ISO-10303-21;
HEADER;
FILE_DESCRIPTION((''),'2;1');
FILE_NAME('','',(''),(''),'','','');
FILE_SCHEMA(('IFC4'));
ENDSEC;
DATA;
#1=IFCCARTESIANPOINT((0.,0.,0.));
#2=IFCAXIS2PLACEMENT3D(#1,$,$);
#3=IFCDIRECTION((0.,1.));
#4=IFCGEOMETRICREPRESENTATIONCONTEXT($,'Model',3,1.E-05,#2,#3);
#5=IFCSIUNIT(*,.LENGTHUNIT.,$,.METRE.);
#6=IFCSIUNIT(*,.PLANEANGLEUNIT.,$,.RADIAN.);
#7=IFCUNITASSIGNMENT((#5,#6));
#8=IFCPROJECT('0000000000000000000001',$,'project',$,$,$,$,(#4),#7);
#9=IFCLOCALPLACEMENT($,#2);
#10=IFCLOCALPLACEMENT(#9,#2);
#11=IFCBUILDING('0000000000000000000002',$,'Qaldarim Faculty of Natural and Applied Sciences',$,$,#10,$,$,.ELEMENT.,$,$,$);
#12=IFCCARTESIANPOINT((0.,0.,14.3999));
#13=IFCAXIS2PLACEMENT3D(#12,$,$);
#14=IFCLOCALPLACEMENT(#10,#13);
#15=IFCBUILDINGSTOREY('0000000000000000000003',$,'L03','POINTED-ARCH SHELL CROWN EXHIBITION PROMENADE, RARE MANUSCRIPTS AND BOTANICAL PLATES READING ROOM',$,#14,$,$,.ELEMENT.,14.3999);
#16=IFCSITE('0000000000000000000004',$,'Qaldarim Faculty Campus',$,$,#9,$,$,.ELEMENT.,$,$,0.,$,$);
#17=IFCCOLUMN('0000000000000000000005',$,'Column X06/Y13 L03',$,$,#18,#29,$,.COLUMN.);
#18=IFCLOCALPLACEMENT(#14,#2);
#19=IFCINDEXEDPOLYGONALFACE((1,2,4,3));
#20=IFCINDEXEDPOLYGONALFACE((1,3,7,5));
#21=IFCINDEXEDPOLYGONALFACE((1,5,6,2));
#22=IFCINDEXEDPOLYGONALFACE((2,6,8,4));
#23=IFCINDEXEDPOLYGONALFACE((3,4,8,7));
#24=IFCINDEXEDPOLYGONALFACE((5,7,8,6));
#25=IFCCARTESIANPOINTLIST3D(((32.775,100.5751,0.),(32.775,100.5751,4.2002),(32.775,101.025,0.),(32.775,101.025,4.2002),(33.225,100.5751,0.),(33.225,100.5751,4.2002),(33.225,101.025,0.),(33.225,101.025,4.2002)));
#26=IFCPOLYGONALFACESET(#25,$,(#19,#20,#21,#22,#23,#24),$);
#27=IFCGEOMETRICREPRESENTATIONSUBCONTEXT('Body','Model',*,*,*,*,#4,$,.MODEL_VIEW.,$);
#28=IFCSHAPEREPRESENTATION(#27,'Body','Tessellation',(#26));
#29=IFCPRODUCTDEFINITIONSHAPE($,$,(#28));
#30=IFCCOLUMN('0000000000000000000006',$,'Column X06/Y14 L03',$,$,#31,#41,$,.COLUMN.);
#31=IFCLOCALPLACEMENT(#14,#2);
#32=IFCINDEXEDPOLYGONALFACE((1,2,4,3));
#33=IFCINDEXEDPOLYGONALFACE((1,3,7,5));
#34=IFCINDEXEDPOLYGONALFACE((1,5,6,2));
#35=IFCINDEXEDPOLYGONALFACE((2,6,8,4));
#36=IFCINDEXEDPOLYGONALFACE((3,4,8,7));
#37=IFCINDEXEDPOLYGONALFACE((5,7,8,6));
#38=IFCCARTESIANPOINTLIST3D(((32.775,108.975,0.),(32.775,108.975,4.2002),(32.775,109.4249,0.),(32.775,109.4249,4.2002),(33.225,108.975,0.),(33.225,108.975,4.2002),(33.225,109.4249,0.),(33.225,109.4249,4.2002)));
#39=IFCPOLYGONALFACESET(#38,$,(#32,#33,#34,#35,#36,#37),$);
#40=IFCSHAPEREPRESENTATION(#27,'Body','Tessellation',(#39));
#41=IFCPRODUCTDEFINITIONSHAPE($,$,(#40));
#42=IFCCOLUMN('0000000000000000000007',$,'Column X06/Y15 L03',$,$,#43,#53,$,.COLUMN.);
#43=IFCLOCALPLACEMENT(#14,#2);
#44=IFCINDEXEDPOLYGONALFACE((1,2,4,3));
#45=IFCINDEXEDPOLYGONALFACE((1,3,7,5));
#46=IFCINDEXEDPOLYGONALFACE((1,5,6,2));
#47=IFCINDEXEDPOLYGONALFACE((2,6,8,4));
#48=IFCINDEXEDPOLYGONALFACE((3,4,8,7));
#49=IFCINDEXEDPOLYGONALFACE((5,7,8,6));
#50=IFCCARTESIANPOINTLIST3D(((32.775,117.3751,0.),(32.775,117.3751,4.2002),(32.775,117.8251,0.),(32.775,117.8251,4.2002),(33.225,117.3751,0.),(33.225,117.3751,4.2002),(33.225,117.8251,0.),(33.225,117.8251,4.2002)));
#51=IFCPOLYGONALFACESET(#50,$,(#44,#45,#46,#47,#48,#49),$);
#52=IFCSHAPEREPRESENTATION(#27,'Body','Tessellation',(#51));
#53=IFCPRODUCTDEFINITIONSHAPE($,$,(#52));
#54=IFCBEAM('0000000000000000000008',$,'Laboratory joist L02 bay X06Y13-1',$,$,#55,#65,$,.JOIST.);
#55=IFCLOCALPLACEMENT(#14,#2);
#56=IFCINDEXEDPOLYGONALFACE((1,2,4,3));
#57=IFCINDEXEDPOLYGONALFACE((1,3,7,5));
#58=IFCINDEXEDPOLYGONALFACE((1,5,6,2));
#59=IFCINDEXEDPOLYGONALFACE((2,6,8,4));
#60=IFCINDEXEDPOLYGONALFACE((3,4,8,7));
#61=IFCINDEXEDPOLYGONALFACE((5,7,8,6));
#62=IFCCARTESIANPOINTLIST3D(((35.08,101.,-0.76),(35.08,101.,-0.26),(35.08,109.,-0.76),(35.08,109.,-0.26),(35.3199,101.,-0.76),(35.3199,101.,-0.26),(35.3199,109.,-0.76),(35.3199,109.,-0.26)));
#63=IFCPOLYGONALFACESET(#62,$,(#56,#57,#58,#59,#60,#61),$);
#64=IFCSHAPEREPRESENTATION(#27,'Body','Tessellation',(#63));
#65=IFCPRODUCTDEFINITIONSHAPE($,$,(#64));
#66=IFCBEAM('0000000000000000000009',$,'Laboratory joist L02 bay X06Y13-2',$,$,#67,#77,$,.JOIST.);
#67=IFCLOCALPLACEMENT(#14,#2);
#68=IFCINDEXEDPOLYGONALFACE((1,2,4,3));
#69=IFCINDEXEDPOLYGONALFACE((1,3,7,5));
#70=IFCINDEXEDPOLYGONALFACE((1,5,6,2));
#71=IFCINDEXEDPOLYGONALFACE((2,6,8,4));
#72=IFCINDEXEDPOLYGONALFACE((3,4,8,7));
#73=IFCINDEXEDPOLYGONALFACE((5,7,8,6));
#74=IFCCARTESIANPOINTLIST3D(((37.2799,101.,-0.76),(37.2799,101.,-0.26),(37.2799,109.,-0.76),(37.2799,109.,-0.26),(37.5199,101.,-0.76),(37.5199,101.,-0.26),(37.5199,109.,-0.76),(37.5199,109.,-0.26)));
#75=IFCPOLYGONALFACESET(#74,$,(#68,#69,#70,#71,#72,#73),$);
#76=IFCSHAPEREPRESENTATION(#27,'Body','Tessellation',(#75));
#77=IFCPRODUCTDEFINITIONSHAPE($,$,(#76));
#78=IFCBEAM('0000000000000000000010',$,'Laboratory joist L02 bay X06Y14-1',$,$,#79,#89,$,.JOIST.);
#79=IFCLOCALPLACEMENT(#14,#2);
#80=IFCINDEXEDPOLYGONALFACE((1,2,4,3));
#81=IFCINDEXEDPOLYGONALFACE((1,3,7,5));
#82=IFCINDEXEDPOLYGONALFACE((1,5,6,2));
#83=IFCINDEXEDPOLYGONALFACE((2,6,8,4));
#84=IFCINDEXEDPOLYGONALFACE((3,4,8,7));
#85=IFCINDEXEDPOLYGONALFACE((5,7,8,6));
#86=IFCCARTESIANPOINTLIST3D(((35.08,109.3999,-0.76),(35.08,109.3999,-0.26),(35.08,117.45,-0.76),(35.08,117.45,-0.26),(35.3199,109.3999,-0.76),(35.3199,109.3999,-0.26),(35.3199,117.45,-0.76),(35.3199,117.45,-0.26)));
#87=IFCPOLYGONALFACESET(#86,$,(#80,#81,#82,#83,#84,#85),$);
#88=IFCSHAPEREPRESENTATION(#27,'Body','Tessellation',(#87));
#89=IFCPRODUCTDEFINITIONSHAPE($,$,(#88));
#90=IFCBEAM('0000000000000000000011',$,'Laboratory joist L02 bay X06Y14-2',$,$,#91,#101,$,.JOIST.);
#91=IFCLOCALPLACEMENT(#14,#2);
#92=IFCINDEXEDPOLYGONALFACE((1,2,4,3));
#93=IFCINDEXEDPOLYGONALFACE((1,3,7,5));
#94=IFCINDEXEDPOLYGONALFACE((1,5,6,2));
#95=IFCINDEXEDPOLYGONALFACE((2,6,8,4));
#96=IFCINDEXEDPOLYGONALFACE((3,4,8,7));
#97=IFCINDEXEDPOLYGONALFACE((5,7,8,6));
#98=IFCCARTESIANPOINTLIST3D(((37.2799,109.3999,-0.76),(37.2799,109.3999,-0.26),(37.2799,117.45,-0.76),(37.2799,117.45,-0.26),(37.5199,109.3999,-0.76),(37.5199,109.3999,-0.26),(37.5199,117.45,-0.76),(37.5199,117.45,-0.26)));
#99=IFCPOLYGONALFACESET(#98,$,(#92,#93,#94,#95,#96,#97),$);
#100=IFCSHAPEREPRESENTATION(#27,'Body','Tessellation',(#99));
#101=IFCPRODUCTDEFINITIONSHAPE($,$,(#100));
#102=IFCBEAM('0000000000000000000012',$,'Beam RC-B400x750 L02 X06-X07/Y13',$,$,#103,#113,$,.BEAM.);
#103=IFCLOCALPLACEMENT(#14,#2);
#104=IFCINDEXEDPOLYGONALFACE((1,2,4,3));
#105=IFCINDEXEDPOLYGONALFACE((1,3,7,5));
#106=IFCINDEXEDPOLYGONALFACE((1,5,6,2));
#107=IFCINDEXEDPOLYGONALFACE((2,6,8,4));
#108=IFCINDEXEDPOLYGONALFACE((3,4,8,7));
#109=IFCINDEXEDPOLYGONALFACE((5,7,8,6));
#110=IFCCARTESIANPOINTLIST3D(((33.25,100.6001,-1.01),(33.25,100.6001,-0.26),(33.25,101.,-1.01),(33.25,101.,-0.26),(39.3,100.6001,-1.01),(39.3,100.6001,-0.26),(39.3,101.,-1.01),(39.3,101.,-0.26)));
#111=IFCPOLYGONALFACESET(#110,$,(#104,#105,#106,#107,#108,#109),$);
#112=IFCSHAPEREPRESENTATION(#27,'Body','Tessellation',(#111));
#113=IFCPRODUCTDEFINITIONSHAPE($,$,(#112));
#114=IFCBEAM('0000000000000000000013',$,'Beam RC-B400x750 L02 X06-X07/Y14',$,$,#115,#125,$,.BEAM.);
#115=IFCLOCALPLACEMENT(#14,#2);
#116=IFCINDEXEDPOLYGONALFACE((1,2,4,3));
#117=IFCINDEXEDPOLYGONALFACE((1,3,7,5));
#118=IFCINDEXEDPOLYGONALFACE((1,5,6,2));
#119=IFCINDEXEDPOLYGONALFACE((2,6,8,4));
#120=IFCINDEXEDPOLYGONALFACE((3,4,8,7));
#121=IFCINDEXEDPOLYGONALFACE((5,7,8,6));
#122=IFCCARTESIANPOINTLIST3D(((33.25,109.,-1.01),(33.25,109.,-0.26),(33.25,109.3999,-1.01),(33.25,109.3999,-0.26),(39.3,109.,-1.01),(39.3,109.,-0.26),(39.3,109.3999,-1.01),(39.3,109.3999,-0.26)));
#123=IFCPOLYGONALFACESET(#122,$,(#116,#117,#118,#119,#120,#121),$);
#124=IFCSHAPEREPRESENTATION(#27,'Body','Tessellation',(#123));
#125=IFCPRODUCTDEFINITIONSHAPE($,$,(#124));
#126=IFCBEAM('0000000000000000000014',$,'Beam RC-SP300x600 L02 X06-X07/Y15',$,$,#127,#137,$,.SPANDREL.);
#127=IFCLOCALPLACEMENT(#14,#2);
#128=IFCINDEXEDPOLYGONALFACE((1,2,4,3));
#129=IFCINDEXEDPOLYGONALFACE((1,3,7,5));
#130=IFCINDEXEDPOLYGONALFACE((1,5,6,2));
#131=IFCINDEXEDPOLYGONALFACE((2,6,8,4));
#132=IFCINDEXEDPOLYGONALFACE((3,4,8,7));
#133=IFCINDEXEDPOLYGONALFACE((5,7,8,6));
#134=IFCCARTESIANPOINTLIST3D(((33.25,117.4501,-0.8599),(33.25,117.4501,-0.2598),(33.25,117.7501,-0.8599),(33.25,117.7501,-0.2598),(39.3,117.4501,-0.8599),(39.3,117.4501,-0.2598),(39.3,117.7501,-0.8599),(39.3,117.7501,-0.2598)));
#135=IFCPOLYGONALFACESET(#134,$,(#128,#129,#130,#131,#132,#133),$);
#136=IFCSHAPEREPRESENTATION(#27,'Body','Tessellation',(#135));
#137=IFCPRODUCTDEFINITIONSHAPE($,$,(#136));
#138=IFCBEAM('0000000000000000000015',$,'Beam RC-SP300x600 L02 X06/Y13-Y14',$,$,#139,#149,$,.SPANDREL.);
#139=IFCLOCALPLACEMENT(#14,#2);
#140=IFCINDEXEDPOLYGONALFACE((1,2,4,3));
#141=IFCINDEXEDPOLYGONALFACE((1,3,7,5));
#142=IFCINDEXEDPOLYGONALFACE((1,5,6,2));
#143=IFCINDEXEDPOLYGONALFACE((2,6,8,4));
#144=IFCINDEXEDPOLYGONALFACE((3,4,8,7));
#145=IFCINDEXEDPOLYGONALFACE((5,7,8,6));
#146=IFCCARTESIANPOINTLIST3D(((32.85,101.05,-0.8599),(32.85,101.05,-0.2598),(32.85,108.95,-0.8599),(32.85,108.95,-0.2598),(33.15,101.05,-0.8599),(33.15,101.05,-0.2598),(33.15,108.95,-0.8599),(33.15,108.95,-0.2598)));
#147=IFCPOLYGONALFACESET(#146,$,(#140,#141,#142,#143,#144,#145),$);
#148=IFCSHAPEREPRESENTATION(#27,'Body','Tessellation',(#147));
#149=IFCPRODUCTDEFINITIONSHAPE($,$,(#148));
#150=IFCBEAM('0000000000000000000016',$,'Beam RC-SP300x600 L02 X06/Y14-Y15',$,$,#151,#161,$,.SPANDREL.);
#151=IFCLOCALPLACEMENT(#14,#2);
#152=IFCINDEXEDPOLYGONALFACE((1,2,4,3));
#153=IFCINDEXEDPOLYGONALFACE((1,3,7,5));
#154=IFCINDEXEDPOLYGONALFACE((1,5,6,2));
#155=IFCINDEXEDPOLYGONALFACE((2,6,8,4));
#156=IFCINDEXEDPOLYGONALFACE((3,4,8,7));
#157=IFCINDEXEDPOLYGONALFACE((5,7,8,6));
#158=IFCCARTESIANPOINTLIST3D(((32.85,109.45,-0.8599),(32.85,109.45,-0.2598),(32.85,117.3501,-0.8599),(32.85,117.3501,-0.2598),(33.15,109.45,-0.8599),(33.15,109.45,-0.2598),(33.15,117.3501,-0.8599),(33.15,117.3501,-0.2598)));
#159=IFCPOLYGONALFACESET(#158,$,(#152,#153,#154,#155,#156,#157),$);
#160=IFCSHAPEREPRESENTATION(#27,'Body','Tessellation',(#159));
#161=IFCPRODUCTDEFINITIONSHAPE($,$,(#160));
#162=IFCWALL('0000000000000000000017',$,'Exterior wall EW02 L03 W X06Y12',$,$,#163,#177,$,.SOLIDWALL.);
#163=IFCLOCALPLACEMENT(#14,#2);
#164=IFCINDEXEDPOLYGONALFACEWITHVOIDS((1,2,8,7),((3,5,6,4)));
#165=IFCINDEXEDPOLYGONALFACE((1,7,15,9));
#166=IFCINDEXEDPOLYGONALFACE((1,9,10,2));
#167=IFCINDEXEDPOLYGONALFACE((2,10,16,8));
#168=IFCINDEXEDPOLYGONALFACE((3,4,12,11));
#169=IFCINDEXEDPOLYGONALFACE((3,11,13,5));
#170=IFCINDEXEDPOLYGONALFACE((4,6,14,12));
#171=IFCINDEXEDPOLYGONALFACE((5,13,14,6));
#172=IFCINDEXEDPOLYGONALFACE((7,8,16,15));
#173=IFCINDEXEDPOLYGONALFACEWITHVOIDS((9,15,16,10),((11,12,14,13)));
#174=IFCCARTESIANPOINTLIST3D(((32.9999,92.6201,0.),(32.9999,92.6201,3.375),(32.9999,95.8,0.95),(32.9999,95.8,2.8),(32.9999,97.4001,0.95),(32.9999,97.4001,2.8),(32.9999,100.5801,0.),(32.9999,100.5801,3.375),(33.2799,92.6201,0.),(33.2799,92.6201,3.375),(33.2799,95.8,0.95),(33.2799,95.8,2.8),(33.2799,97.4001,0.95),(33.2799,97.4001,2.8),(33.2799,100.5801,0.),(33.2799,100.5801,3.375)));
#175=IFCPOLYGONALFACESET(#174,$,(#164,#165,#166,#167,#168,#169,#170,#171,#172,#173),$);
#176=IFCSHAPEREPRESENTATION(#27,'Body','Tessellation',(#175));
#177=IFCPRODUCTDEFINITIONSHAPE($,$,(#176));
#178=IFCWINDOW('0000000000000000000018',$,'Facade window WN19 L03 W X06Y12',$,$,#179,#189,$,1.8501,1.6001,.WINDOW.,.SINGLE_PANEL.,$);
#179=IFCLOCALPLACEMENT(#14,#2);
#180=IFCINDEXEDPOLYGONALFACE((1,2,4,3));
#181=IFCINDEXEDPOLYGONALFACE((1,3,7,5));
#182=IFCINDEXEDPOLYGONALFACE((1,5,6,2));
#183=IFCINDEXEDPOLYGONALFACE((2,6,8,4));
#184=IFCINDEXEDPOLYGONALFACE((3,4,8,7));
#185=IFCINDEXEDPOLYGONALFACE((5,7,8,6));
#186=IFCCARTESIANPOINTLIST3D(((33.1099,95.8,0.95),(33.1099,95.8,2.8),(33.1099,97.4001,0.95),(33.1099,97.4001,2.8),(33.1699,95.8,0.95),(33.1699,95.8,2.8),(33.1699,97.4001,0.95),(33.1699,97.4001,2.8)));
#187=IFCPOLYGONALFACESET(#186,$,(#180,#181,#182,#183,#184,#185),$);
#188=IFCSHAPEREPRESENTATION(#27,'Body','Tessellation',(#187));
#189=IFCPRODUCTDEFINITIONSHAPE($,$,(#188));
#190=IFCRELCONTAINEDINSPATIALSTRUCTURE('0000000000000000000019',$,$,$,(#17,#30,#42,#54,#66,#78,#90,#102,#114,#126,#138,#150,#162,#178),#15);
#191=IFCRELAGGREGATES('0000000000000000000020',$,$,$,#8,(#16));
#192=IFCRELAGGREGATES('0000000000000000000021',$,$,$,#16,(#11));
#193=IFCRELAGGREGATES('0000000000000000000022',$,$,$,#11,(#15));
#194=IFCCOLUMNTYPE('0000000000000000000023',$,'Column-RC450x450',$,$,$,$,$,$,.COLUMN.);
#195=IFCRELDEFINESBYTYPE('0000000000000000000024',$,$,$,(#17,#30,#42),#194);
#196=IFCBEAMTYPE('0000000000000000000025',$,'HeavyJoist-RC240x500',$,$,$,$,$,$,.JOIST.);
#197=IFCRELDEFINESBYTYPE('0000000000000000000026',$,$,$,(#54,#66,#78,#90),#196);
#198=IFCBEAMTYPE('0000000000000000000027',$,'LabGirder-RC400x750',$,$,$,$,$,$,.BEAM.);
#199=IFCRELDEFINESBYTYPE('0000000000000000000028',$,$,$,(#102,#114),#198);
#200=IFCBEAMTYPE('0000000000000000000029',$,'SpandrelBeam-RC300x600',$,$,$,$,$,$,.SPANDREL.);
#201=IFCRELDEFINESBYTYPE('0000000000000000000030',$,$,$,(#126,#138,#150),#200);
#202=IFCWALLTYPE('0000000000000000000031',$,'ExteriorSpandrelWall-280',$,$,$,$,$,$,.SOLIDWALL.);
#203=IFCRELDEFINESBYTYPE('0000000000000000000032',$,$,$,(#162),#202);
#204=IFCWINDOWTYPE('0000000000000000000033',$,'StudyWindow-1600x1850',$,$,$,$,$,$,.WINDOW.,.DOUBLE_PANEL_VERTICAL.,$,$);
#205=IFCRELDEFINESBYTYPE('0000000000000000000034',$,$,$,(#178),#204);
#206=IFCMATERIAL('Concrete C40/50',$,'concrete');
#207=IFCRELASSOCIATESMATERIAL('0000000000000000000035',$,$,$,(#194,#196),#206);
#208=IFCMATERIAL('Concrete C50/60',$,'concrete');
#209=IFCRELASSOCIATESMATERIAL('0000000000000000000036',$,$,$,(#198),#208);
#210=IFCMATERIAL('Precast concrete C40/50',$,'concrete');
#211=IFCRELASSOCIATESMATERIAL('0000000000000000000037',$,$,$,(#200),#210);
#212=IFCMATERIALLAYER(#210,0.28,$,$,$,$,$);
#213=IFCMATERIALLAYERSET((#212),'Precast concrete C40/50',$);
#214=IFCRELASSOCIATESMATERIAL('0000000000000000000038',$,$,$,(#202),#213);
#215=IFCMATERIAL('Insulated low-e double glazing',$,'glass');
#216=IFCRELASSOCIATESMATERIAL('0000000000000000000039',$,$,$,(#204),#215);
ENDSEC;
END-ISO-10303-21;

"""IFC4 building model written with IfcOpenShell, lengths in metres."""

from ifc_helpers import new_model, si_unit, direction, frame, frame_2d, origin, origin_2d, place, context, subcontext, project, spatial, rectangle, extrude, material, layer, layer_set, material_profile, profile_set, type_object, element, fill, save


model = new_model("IFC4")

# Units and contexts
model_context = context("Model", 3, precision=1e-05, world=origin(), true_north=direction((0.0, 1.0)))
body_context = subcontext(model_context, "Body", "Model", "MODEL_VIEW")
ifc_project = project(units=[si_unit("LENGTHUNIT", "METRE"), si_unit("PLANEANGLEUNIT", "RADIAN")], contexts=[model_context])

# Site, building, storey
site_placement = place(None, origin())
site = spatial("IfcSite", under=ifc_project, at=site_placement, Name="Qaldarim Faculty Campus", CompositionType="ELEMENT", RefElevation=0.0)
building_placement = place(site_placement, origin())
building = spatial("IfcBuilding", under=site, at=building_placement, Name="Qaldarim Faculty of Natural and Applied Sciences", CompositionType="ELEMENT")
storey_placement = place(building_placement, frame((0.0, 0.0, 14.3999)))
storey = spatial("IfcBuildingStorey", under=building, at=storey_placement, Name="L03", Description="POINTED-ARCH SHELL CROWN EXHIBITION PROMENADE, RARE MANUSCRIPTS AND BOTANICAL PLATES READING ROOM", CompositionType="ELEMENT", Elevation=14.3999)

# Columns
ifc_material_1 = material(Name="Concrete C40/50", Category="concrete")
ifc_material_profile_1 = material_profile(ifc_material_1, rectangle(XDim=0.45, YDim=0.45, at=origin_2d()), Name="RC-C450x450")
ifc_profile_set_1 = profile_set([ifc_material_profile_1], Name="Concrete C40/50")
column_type = type_object("IfcColumnType", Name="Column-RC450x450", PredefinedType="COLUMN", material=ifc_profile_set_1)
for number, where, z_axis, x_axis, name in (
    (1, (33.0, 100.8, 0.0), (0.0, 0.0, 1.0), (1.0, 0.0, 0.0), "Column X06/Y13 L03"),
    (2, (33.0, 109.2, 0.0), (0.0, 0.0, 1.0), (1.0, 0.0, 0.0), "Column X06/Y14 L03"),
    (3, (33.0, 117.6001, 0.0), (0.0, 0.0, 1.0), (1.0, 0.0, 0.0), "Column X06/Y15 L03"),
):
    element("IfcColumn", number, at=place(storey_placement, frame(where, z_axis=z_axis, x_axis=x_axis)), inside=storey, type_object=column_type, Name=name, PredefinedType="COLUMN", context=body_context, shape_type="SweptSolid", body=[
        extrude(rectangle(XDim=0.45, YDim=0.45, at=origin_2d()), origin(), (0.0, 0.0, 1.0), 4.2002),
    ])

# Beams
ifc_material_profile_2 = material_profile(ifc_material_1, rectangle(XDim=0.24, YDim=0.5, at=origin_2d()), Name="RC-J240x500")
ifc_profile_set_2 = profile_set([ifc_material_profile_2], Name="Concrete C40/50")
beam_type_1 = type_object("IfcBeamType", Name="HeavyJoist-RC240x500", PredefinedType="JOIST", material=ifc_profile_set_2)
for number, where, z_axis, x_axis, name in (
    (4, (35.2, 101.0, -0.51), (0.0, 1.0, 0.0), (-1.0, 0.0, 0.0), "Laboratory joist L02 bay X06Y13-1"),
    (5, (37.3999, 101.0, -0.51), (0.0, 1.0, 0.0), (-1.0, 0.0, 0.0), "Laboratory joist L02 bay X06Y13-2"),
):
    element("IfcBeam", number, at=place(storey_placement, frame(where, z_axis=z_axis, x_axis=x_axis)), inside=storey, type_object=beam_type_1, Name=name, PredefinedType="JOIST", context=body_context, shape_type="SweptSolid", body=[
        extrude(rectangle(XDim=0.24, YDim=0.5, at=origin_2d()), origin(), (0.0, 0.0, 1.0), 8.0),
    ])
for number, where, z_axis, x_axis, name in (
    (6, (35.2, 109.3999, -0.51), (0.0, 1.0, 0.0), (-1.0, 0.0, 0.0), "Laboratory joist L02 bay X06Y14-1"),
    (7, (37.3999, 109.3999, -0.51), (0.0, 1.0, 0.0), (-1.0, 0.0, 0.0), "Laboratory joist L02 bay X06Y14-2"),
):
    element("IfcBeam", number, at=place(storey_placement, frame(where, z_axis=z_axis, x_axis=x_axis)), inside=storey, type_object=beam_type_1, Name=name, PredefinedType="JOIST", context=body_context, shape_type="SweptSolid", body=[
        extrude(rectangle(XDim=0.24, YDim=0.5, at=origin_2d()), origin(), (0.0, 0.0, 1.0), 8.05),
    ])
ifc_material_2 = material(Name="Concrete C50/60", Category="concrete")
ifc_material_profile_3 = material_profile(ifc_material_2, rectangle(XDim=0.3999, YDim=0.75, at=origin_2d()), Name="RC-B400x750")
ifc_profile_set_3 = profile_set([ifc_material_profile_3], Name="Concrete C50/60")
beam_type_2 = type_object("IfcBeamType", Name="LabGirder-RC400x750", PredefinedType="BEAM", material=ifc_profile_set_3)
for number, where, z_axis, x_axis, name in (
    (8, (33.25, 100.8, -0.635), (1.0, 0.0, 0.0), (0.0, 1.0, 0.0), "Beam RC-B400x750 L02 X06-X07/Y13"),
    (9, (33.25, 109.2, -0.635), (1.0, 0.0, 0.0), (0.0, 1.0, 0.0), "Beam RC-B400x750 L02 X06-X07/Y14"),
):
    element("IfcBeam", number, at=place(storey_placement, frame(where, z_axis=z_axis, x_axis=x_axis)), inside=storey, type_object=beam_type_2, Name=name, PredefinedType="BEAM", context=body_context, shape_type="SweptSolid", body=[
        extrude(rectangle(XDim=0.3999, YDim=0.75, at=origin_2d()), origin(), (0.0, 0.0, 1.0), 6.05),
    ])
ifc_material_3 = material(Name="Precast concrete C40/50", Category="concrete")
ifc_material_profile_4 = material_profile(ifc_material_3, rectangle(XDim=0.3, YDim=0.6001, at=origin_2d()), Name="RC-SP300x600")
ifc_profile_set_4 = profile_set([ifc_material_profile_4], Name="Precast concrete C40/50")
beam_type_3 = type_object("IfcBeamType", Name="SpandrelBeam-RC300x600", PredefinedType="SPANDREL", material=ifc_profile_set_4)
beam_1_placement = place(storey_placement, frame((33.25, 117.6001, -0.5598), z_axis=(1.0, 0.0, 0.0), x_axis=(0.0, 1.0, 0.0)))
element("IfcBeam", 10, at=beam_1_placement, inside=storey, type_object=beam_type_3, Name="Beam RC-SP300x600 L02 X06-X07/Y15", PredefinedType="SPANDREL", context=body_context, shape_type="SweptSolid", body=[
    extrude(rectangle(XDim=0.3, YDim=0.6001, at=origin_2d()), origin(), (0.0, 0.0, 1.0), 6.05),
])
beam_2_placement = place(storey_placement, frame((33.0, 101.05, -0.5598), z_axis=(0.0, 1.0, 0.0), x_axis=(-1.0, 0.0, 0.0)))
element("IfcBeam", 11, at=beam_2_placement, inside=storey, type_object=beam_type_3, Name="Beam RC-SP300x600 L02 X06/Y13-Y14", PredefinedType="SPANDREL", context=body_context, shape_type="SweptSolid", body=[
    extrude(rectangle(XDim=0.3, YDim=0.6001, at=origin_2d()), origin(), (0.0, 0.0, 1.0), 7.8999),
])
beam_3_placement = place(storey_placement, frame((33.0, 109.45, -0.5598), z_axis=(0.0, 1.0, 0.0), x_axis=(-1.0, 0.0, 0.0)))
element("IfcBeam", 12, at=beam_3_placement, inside=storey, type_object=beam_type_3, Name="Beam RC-SP300x600 L02 X06/Y14-Y15", PredefinedType="SPANDREL", context=body_context, shape_type="SweptSolid", body=[
    extrude(rectangle(XDim=0.3, YDim=0.6001, at=origin_2d()), origin(), (0.0, 0.0, 1.0), 7.9001),
])

# Wall, opening, window
ifc_layer_1 = layer(ifc_material_3, 0.28)
ifc_layer_set_1 = layer_set([ifc_layer_1], Name="Precast concrete C40/50")
wall_type_1 = type_object("IfcWallType", Name="ExteriorSpandrelWall-280", PredefinedType="SOLIDWALL", material=ifc_layer_set_1)
wall_1_placement = place(storey_placement, frame((33.1399, 100.5801, 0.0), z_axis=(0.0, 0.0, 1.0), x_axis=(0.0, -1.0, 0.0)))
wall_1 = element("IfcWall", 13, at=wall_1_placement, inside=storey, type_object=wall_type_1, Name="Exterior wall EW02 L03 W X06Y12", PredefinedType="SOLIDWALL", context=body_context, shape_type="SweptSolid", body=[
    extrude(rectangle(XDim=7.96, YDim=0.28, at=frame_2d((3.98, 0.0))), origin(), (0.0, 0.0, 1.0), 3.375),
])
opening_1_placement = place(wall_1_placement, frame((3.1799, 0.0, 0.95)))
opening_1 = element("IfcOpeningElement", 14, at=opening_1_placement, cuts=wall_1, PredefinedType="OPENING", context=body_context, shape_type="SweptSolid", body=[
    extrude(rectangle(XDim=1.6001, YDim=1.8501, at=frame_2d((0.8, 0.925))), frame((0.0, 0.1499, 0.0), z_axis=(0.0, -1.0, 0.0), x_axis=(1.0, 0.0, 0.0)), (0.0, 0.0, 1.0), 0.3),
])
ifc_material_4 = material(Name="Insulated low-e double glazing", Category="glass")
window_type_1 = type_object("IfcWindowType", Name="StudyWindow-1600x1850", PartitioningType="DOUBLE_PANEL_VERTICAL", PredefinedType="WINDOW", material=ifc_material_4)
window_1_placement = place(opening_1_placement, origin())
window_1 = element("IfcWindow", 15, at=window_1_placement, inside=storey, type_object=window_type_1, Name="Facade window WN19 L03 W X06Y12", OverallHeight=1.8501, OverallWidth=1.6001, PartitioningType="SINGLE_PANEL", PredefinedType="WINDOW", context=body_context, shape_type="SweptSolid", body=[
    extrude(rectangle(XDim=1.6001, YDim=1.8501, at=frame_2d((0.8, 0.925))), frame((0.0, 0.03, 0.0), z_axis=(0.0, -1.0, 0.0), x_axis=(1.0, 0.0, 0.0)), (0.0, 0.0, 1.0), 0.0601),
])
fill(opening_1, window_1)

save(model, "model.ifc")
